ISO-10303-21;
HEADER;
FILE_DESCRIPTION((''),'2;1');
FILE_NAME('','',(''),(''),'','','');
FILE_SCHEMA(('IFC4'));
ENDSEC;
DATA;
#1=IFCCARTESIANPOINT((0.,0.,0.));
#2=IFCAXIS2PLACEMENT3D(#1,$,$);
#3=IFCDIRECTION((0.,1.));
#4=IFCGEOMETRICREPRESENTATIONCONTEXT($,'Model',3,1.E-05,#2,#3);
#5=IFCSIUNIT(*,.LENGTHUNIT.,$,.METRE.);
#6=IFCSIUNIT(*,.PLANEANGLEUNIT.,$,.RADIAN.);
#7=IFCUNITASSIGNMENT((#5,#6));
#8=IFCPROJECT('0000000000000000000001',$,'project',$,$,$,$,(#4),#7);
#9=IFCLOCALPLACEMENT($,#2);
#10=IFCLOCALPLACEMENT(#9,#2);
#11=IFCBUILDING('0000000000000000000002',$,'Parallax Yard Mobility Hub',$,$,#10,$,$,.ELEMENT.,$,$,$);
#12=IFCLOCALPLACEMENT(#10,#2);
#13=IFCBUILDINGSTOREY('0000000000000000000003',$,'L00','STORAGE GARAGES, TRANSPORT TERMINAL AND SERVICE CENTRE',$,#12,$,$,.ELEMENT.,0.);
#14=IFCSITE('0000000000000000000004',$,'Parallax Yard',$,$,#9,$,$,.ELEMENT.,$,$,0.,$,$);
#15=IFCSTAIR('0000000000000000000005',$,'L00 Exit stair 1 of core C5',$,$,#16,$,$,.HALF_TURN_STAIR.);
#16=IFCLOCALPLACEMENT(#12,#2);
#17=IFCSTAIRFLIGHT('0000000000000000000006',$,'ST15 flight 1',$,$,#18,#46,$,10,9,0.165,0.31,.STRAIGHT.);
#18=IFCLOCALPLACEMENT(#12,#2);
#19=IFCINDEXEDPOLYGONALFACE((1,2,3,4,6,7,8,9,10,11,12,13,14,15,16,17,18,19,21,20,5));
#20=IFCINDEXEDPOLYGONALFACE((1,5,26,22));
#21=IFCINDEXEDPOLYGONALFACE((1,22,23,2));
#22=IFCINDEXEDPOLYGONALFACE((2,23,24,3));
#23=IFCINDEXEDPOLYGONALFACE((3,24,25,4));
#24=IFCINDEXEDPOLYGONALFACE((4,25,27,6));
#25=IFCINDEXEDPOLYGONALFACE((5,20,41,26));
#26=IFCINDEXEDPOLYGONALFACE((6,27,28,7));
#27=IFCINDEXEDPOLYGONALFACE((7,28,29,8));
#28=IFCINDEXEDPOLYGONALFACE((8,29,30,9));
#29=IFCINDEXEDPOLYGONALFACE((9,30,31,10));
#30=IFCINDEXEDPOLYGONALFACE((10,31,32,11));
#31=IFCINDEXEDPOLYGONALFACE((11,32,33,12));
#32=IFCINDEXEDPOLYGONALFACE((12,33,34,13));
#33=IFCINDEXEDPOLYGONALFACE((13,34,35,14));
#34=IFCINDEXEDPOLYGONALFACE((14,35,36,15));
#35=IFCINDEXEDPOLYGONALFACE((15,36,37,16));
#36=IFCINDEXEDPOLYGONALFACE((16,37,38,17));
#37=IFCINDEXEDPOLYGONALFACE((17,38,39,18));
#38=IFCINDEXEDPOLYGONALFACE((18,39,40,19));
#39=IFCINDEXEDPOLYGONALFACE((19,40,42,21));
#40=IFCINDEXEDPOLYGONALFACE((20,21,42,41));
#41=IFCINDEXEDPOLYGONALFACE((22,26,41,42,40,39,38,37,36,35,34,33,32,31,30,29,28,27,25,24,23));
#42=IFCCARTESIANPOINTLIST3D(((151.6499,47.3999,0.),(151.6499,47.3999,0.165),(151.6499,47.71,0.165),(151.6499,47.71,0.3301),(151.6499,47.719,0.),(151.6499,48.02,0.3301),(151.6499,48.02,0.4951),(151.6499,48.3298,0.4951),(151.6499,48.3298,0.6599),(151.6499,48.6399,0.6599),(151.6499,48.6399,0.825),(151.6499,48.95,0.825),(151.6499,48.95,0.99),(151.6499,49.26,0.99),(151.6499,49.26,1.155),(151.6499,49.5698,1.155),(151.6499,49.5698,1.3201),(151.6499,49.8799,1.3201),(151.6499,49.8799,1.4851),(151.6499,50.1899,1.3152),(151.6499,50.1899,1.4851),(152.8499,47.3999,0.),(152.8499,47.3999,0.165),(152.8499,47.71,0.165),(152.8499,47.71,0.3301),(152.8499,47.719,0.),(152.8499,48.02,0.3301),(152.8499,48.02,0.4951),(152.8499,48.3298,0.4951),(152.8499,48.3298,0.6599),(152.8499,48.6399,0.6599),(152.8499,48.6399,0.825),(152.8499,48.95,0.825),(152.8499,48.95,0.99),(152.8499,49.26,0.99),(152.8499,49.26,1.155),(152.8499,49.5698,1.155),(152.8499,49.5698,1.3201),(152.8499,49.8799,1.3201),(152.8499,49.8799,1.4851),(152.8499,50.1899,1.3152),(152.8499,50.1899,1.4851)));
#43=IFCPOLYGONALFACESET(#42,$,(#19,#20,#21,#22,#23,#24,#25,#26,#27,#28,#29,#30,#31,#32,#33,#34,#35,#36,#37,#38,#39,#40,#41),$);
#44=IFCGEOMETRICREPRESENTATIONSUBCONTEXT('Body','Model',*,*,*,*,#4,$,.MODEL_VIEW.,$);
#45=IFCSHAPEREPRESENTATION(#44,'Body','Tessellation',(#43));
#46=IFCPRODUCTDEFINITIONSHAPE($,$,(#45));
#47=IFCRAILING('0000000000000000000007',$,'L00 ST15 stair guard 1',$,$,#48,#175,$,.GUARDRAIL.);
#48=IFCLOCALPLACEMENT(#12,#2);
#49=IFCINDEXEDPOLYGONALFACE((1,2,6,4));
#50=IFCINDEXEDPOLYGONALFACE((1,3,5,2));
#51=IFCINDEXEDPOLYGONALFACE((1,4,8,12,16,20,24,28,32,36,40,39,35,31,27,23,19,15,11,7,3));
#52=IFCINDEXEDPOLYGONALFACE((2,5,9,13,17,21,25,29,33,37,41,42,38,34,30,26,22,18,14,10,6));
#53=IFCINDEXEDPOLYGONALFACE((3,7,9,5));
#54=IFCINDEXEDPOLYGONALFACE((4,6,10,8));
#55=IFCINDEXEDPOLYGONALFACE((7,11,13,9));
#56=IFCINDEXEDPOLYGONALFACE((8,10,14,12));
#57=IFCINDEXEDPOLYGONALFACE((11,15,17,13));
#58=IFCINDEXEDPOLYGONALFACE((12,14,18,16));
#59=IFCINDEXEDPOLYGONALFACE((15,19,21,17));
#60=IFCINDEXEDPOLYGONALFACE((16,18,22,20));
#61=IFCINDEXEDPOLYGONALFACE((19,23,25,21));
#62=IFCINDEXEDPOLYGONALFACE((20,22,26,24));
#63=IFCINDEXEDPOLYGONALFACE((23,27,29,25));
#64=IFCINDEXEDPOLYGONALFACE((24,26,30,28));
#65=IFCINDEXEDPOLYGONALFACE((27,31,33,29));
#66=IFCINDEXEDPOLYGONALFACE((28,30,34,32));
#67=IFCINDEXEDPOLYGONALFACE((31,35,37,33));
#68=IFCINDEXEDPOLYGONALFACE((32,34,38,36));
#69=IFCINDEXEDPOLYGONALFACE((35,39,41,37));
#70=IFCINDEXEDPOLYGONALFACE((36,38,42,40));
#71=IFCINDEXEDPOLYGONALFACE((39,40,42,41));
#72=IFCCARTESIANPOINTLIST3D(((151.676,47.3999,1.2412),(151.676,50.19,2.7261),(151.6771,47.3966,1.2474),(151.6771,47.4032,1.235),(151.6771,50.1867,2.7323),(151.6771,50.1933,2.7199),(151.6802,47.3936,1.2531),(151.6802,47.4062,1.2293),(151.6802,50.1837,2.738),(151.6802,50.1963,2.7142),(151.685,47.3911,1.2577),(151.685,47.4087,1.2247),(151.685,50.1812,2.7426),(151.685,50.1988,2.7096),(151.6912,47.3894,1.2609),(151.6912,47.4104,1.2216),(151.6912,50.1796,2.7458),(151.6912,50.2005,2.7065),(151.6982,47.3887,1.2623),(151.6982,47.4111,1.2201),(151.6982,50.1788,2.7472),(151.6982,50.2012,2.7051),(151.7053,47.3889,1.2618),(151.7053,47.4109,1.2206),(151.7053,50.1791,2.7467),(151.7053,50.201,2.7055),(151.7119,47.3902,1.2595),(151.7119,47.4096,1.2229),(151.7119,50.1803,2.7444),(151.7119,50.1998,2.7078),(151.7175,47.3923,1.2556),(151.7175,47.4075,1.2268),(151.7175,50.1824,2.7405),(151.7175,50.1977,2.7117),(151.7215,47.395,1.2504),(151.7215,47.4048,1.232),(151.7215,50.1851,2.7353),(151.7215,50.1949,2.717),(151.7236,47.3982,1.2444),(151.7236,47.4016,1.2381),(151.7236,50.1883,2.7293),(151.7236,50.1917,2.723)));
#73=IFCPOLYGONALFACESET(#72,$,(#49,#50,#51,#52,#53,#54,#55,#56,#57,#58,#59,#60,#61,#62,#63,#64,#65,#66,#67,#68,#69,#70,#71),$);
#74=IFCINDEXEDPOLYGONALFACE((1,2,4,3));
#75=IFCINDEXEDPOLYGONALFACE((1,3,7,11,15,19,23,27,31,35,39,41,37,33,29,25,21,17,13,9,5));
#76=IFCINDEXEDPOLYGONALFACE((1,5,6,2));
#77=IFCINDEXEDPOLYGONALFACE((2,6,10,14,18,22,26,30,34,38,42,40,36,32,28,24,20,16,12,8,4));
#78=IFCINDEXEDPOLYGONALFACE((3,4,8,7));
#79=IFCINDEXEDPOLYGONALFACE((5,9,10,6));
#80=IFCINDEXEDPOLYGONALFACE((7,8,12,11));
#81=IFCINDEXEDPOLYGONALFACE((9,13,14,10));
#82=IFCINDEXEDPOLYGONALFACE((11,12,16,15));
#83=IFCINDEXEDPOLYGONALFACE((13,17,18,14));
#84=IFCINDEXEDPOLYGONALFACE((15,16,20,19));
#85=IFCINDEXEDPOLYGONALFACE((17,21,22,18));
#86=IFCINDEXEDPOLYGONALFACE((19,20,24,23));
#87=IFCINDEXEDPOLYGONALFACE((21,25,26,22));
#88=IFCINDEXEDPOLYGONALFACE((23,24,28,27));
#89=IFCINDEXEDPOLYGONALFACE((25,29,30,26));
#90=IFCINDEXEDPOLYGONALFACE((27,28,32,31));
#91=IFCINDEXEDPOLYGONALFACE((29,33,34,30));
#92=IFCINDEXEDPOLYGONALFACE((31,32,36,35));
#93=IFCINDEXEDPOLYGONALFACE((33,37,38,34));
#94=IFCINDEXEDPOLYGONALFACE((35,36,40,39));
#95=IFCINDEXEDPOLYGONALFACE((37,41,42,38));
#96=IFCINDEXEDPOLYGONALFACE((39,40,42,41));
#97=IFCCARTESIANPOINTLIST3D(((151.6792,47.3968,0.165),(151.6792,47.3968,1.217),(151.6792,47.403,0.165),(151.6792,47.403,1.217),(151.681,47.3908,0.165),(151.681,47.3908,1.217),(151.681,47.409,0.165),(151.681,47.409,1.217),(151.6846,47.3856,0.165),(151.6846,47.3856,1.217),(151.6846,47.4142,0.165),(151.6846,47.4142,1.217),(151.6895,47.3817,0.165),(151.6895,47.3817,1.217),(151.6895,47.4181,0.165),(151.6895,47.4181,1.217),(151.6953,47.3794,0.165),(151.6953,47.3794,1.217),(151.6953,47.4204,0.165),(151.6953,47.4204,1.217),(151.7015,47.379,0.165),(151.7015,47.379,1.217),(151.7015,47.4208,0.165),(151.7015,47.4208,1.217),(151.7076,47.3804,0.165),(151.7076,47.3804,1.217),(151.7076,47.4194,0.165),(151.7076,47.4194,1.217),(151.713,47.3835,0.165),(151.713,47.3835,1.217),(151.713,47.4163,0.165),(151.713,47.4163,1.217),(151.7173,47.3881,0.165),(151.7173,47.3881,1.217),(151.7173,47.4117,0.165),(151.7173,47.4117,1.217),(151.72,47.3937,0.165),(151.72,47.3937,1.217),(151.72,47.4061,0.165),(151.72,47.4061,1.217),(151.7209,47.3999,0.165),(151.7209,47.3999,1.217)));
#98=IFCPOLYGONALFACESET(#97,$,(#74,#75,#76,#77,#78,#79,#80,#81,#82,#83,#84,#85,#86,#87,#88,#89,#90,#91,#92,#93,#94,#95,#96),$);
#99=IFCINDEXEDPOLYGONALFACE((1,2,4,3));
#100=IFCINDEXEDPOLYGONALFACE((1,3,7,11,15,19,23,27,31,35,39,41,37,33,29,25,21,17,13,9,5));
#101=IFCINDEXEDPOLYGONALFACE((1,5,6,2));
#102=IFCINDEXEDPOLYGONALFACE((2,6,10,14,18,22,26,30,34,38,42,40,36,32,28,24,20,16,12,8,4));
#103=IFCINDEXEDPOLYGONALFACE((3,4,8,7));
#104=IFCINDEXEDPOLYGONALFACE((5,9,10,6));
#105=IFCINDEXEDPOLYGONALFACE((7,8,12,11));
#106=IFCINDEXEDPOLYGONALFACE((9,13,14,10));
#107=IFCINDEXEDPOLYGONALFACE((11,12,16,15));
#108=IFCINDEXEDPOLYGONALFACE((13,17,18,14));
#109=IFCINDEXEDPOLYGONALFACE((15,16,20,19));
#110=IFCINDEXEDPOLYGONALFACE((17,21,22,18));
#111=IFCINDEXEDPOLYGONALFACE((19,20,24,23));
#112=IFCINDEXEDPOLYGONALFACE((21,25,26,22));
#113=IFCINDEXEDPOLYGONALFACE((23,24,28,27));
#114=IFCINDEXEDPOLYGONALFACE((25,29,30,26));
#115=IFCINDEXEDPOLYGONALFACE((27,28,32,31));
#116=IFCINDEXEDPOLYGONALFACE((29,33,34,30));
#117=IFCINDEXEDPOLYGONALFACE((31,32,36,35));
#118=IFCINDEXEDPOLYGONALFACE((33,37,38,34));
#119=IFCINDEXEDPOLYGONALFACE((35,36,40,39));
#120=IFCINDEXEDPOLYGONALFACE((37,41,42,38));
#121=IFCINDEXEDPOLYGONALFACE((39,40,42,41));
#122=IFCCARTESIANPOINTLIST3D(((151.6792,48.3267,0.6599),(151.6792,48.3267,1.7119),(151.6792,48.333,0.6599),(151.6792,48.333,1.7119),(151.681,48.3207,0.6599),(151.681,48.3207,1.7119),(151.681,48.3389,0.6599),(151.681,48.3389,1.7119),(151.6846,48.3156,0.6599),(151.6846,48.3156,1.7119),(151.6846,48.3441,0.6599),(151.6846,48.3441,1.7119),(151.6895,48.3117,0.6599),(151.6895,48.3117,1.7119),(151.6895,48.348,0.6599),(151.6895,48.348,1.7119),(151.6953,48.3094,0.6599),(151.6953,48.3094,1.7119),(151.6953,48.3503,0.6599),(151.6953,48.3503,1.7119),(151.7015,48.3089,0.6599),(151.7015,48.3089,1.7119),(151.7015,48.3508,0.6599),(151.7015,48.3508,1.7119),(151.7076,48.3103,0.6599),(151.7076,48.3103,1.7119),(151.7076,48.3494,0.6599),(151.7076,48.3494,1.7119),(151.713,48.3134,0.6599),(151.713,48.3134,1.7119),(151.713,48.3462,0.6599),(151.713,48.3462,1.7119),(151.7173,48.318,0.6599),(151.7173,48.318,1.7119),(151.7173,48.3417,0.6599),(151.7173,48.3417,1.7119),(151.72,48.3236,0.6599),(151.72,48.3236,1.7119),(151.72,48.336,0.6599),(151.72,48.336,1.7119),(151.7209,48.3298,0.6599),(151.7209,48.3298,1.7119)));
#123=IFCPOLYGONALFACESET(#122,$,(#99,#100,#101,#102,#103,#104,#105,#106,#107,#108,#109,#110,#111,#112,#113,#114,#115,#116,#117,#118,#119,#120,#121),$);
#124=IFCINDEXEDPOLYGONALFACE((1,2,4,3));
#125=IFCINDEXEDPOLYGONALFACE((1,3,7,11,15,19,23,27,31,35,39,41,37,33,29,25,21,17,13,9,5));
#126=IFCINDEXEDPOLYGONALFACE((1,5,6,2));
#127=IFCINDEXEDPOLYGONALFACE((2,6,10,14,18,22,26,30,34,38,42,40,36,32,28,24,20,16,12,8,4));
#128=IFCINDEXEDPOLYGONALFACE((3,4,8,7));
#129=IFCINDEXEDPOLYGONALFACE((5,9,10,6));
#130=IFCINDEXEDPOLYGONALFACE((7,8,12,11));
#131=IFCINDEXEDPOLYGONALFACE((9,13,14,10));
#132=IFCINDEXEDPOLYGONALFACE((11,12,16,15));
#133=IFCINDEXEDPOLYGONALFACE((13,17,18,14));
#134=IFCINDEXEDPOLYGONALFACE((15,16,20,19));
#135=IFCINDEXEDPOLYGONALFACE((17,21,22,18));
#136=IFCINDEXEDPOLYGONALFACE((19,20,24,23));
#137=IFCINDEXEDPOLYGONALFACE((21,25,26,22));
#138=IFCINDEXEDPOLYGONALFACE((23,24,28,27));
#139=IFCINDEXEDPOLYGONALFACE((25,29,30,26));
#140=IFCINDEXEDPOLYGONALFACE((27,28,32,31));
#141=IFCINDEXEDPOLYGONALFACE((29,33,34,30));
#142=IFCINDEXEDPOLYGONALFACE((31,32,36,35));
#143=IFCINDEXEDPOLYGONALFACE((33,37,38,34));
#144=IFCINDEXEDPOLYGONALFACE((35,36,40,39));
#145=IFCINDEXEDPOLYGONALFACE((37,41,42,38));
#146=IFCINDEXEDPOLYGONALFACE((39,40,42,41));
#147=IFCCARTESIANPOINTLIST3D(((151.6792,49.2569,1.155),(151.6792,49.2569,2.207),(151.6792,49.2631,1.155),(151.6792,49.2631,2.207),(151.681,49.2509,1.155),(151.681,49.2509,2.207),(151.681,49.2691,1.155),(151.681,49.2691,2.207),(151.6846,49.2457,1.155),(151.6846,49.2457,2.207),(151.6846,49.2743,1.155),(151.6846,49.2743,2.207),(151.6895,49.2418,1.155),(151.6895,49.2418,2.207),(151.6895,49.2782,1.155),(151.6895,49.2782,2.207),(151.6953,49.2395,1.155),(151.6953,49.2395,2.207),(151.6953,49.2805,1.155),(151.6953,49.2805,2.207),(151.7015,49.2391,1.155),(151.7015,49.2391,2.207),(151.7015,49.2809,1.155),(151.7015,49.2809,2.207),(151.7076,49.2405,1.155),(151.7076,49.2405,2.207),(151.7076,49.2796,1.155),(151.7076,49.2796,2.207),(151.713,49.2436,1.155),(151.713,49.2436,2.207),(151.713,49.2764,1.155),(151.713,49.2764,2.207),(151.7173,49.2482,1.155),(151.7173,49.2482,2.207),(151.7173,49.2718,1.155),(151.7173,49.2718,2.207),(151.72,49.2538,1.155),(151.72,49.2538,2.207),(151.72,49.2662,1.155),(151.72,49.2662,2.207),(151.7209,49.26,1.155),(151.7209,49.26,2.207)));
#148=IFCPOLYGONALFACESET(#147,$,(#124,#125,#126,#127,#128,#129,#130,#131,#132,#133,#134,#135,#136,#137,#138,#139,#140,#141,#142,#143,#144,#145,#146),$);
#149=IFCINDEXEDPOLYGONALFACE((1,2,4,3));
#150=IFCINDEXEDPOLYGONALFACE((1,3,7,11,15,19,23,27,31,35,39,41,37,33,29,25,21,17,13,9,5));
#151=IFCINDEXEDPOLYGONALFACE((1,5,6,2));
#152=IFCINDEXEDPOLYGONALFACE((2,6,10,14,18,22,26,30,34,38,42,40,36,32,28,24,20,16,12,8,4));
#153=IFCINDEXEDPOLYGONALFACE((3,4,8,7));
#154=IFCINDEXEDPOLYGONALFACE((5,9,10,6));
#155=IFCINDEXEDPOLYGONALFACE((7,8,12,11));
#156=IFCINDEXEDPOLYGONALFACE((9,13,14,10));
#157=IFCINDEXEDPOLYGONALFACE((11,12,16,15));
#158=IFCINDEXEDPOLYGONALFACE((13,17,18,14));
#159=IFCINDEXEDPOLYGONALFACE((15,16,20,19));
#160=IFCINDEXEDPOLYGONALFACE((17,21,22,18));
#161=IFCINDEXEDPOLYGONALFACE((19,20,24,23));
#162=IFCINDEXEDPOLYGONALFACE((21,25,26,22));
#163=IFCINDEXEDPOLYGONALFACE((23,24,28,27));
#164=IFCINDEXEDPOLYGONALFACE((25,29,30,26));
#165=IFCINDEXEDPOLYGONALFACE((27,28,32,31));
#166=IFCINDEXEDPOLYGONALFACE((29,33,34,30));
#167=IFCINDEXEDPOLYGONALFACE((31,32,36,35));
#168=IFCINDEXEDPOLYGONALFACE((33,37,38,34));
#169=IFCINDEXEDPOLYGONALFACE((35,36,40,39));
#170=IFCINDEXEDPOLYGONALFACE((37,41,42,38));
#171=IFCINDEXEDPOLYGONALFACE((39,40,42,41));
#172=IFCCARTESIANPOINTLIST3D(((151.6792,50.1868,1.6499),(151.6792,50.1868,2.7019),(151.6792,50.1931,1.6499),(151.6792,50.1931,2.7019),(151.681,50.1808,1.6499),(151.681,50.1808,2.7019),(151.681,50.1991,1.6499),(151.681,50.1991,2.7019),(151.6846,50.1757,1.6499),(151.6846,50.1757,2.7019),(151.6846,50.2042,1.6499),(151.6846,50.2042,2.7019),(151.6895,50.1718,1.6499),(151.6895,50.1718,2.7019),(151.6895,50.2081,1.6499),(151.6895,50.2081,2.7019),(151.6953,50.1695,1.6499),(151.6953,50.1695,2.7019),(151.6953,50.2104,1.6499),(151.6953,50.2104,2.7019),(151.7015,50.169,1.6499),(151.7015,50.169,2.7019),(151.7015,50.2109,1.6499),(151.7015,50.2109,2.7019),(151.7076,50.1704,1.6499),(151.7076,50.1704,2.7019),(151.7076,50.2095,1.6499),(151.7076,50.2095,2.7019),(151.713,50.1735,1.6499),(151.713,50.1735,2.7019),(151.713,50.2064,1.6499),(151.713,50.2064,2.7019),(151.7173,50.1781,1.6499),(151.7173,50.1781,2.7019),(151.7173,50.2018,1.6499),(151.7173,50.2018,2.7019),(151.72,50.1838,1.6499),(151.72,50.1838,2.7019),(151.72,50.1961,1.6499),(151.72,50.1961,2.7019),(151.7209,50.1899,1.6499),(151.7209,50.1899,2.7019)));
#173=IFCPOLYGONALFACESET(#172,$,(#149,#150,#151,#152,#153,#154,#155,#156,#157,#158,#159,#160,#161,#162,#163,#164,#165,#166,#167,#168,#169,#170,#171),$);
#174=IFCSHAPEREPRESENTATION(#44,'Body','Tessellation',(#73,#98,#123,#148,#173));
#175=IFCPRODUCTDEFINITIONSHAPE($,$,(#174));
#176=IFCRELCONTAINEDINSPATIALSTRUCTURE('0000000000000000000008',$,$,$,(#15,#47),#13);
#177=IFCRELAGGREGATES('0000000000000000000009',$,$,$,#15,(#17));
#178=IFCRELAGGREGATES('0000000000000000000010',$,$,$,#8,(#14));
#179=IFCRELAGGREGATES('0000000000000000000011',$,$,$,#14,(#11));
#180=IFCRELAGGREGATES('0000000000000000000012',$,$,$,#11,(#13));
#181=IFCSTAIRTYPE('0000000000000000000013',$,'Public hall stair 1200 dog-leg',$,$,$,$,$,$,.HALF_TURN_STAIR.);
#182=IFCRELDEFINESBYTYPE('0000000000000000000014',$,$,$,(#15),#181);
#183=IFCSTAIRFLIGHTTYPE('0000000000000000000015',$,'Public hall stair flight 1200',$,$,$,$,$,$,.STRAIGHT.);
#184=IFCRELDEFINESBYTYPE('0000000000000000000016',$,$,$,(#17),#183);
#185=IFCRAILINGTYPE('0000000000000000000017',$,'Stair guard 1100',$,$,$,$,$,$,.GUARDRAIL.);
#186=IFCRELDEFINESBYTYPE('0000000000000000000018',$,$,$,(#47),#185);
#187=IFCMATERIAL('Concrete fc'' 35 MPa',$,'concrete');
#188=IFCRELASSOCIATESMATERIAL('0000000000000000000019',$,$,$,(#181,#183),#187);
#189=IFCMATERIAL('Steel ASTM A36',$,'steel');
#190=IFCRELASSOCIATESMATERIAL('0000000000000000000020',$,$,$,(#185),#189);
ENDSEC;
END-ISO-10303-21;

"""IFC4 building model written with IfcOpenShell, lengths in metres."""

from ifc_helpers import new_model, si_unit, direction, frame, origin, origin_2d, place, context, subcontext, project, spatial, polyline, circle, outline, extrude, material, type_object, element, aggregate, save


model = new_model("IFC4")

# Units and contexts
model_context = context("Model", 3, precision=1e-05, world=origin(), true_north=direction((0.0, 1.0)))
body_context = subcontext(model_context, "Body", "Model", "MODEL_VIEW")
ifc_project = project(units=[si_unit("LENGTHUNIT", "METRE"), si_unit("PLANEANGLEUNIT", "RADIAN")], contexts=[model_context])

# Site, building, storey
site_placement = place(None, origin())
site = spatial("IfcSite", under=ifc_project, at=site_placement, Name="Parallax Yard", CompositionType="ELEMENT", RefElevation=0.0)
building_placement = place(site_placement, origin())
building = spatial("IfcBuilding", under=site, at=building_placement, Name="Parallax Yard Mobility Hub", CompositionType="ELEMENT")
storey_placement = place(building_placement, origin())
storey = spatial("IfcBuildingStorey", under=building, at=storey_placement, Name="L00", Description="STORAGE GARAGES, TRANSPORT TERMINAL AND SERVICE CENTRE", CompositionType="ELEMENT", Elevation=0.0)

# Shared definitions
ifc_material_1 = material(Name="Concrete fc' 35 MPa", Category="concrete")

# Stair, stair flight
stair_type = type_object("IfcStairType", Name="Public hall stair 1200 dog-leg", PredefinedType="HALF_TURN_STAIR", material=ifc_material_1)
stair_placement = place(storey_placement, origin())
stair = element("IfcStair", 1, at=stair_placement, inside=storey, type_object=stair_type, Name="L00 Exit stair 1 of core C5", PredefinedType="HALF_TURN_STAIR")
stair_flight_type = type_object("IfcStairFlightType", Name="Public hall stair flight 1200", PredefinedType="STRAIGHT", material=ifc_material_1)
stair_flight_placement = place(storey_placement, frame((152.25, 47.3999, 0.0), z_axis=(0.0, 0.0, 1.0), x_axis=(0.0, 1.0, 0.0)))
stair_flight = element("IfcStairFlight", 2, at=stair_flight_placement, type_object=stair_flight_type, Name="ST15 flight 1", NumberOfRisers=10, NumberOfTreads=9, PredefinedType="STRAIGHT", RiserHeight=0.165, TreadLength=0.31, context=body_context, shape_type="SweptSolid", body=[
    extrude(outline(polyline([(0.0, 0.0), (0.0, 0.165), (0.3101, 0.165), (0.3101, 0.3301), (0.6201, 0.3301), (0.6201, 0.4951), (0.9299, 0.4951), (0.9299, 0.6599), (1.24, 0.6599), (1.24, 0.825), (1.55, 0.825), (1.55, 0.99), (1.8601, 0.99), (1.8601, 1.155), (2.1699, 1.155), (2.1699, 1.3201), (2.48, 1.3201), (2.48, 1.4851), (2.79, 1.4851), (2.79, 1.6499), (2.79, 1.3152), (0.3191, 0.0), (0.0, 0.0)])), frame((0.0, 0.6001, 0.0), z_axis=(0.0, -1.0, 0.0), x_axis=(1.0, 0.0, 0.0)), (0.0, 0.0, 1.0), 1.2),
])
aggregate(stair, [stair_flight])

# Railing
ifc_material_2 = material(Name="Steel ASTM A36", Category="steel")
railing_type_1 = type_object("IfcRailingType", Name="Stair guard 1100", PredefinedType="GUARDRAIL", material=ifc_material_2)
railing_1_placement = place(storey_placement, frame((151.7, 47.3999, 0.165)))
element("IfcRailing", 3, at=railing_1_placement, inside=storey, type_object=railing_type_1, Name="L00 ST15 stair guard 1", PredefinedType="GUARDRAIL", context=body_context, shape_type="SweptSolid", body=[
    extrude(circle(Radius=0.0239, at=origin_2d()), frame((0.0, 0.0, 1.0762), z_axis=(0.0, 0.882767, 0.46981), x_axis=(-1.0, 0.0, 0.0)), (0.0, 0.0, 1.0), 3.1606),
    extrude(circle(Radius=0.021, at=origin_2d()), origin(), (0.0, 0.0, 1.0), 1.052),
    extrude(circle(Radius=0.021, at=origin_2d()), frame((0.0, 0.9299, 0.4949)), (0.0, 0.0, 1.0), 1.052),
    extrude(circle(Radius=0.021, at=origin_2d()), frame((0.0, 1.8601, 0.99)), (0.0, 0.0, 1.0), 1.052),
    extrude(circle(Radius=0.021, at=origin_2d()), frame((0.0, 2.79, 1.4849)), (0.0, 0.0, 1.0), 1.052),
])

save(model, "model.ifc")
